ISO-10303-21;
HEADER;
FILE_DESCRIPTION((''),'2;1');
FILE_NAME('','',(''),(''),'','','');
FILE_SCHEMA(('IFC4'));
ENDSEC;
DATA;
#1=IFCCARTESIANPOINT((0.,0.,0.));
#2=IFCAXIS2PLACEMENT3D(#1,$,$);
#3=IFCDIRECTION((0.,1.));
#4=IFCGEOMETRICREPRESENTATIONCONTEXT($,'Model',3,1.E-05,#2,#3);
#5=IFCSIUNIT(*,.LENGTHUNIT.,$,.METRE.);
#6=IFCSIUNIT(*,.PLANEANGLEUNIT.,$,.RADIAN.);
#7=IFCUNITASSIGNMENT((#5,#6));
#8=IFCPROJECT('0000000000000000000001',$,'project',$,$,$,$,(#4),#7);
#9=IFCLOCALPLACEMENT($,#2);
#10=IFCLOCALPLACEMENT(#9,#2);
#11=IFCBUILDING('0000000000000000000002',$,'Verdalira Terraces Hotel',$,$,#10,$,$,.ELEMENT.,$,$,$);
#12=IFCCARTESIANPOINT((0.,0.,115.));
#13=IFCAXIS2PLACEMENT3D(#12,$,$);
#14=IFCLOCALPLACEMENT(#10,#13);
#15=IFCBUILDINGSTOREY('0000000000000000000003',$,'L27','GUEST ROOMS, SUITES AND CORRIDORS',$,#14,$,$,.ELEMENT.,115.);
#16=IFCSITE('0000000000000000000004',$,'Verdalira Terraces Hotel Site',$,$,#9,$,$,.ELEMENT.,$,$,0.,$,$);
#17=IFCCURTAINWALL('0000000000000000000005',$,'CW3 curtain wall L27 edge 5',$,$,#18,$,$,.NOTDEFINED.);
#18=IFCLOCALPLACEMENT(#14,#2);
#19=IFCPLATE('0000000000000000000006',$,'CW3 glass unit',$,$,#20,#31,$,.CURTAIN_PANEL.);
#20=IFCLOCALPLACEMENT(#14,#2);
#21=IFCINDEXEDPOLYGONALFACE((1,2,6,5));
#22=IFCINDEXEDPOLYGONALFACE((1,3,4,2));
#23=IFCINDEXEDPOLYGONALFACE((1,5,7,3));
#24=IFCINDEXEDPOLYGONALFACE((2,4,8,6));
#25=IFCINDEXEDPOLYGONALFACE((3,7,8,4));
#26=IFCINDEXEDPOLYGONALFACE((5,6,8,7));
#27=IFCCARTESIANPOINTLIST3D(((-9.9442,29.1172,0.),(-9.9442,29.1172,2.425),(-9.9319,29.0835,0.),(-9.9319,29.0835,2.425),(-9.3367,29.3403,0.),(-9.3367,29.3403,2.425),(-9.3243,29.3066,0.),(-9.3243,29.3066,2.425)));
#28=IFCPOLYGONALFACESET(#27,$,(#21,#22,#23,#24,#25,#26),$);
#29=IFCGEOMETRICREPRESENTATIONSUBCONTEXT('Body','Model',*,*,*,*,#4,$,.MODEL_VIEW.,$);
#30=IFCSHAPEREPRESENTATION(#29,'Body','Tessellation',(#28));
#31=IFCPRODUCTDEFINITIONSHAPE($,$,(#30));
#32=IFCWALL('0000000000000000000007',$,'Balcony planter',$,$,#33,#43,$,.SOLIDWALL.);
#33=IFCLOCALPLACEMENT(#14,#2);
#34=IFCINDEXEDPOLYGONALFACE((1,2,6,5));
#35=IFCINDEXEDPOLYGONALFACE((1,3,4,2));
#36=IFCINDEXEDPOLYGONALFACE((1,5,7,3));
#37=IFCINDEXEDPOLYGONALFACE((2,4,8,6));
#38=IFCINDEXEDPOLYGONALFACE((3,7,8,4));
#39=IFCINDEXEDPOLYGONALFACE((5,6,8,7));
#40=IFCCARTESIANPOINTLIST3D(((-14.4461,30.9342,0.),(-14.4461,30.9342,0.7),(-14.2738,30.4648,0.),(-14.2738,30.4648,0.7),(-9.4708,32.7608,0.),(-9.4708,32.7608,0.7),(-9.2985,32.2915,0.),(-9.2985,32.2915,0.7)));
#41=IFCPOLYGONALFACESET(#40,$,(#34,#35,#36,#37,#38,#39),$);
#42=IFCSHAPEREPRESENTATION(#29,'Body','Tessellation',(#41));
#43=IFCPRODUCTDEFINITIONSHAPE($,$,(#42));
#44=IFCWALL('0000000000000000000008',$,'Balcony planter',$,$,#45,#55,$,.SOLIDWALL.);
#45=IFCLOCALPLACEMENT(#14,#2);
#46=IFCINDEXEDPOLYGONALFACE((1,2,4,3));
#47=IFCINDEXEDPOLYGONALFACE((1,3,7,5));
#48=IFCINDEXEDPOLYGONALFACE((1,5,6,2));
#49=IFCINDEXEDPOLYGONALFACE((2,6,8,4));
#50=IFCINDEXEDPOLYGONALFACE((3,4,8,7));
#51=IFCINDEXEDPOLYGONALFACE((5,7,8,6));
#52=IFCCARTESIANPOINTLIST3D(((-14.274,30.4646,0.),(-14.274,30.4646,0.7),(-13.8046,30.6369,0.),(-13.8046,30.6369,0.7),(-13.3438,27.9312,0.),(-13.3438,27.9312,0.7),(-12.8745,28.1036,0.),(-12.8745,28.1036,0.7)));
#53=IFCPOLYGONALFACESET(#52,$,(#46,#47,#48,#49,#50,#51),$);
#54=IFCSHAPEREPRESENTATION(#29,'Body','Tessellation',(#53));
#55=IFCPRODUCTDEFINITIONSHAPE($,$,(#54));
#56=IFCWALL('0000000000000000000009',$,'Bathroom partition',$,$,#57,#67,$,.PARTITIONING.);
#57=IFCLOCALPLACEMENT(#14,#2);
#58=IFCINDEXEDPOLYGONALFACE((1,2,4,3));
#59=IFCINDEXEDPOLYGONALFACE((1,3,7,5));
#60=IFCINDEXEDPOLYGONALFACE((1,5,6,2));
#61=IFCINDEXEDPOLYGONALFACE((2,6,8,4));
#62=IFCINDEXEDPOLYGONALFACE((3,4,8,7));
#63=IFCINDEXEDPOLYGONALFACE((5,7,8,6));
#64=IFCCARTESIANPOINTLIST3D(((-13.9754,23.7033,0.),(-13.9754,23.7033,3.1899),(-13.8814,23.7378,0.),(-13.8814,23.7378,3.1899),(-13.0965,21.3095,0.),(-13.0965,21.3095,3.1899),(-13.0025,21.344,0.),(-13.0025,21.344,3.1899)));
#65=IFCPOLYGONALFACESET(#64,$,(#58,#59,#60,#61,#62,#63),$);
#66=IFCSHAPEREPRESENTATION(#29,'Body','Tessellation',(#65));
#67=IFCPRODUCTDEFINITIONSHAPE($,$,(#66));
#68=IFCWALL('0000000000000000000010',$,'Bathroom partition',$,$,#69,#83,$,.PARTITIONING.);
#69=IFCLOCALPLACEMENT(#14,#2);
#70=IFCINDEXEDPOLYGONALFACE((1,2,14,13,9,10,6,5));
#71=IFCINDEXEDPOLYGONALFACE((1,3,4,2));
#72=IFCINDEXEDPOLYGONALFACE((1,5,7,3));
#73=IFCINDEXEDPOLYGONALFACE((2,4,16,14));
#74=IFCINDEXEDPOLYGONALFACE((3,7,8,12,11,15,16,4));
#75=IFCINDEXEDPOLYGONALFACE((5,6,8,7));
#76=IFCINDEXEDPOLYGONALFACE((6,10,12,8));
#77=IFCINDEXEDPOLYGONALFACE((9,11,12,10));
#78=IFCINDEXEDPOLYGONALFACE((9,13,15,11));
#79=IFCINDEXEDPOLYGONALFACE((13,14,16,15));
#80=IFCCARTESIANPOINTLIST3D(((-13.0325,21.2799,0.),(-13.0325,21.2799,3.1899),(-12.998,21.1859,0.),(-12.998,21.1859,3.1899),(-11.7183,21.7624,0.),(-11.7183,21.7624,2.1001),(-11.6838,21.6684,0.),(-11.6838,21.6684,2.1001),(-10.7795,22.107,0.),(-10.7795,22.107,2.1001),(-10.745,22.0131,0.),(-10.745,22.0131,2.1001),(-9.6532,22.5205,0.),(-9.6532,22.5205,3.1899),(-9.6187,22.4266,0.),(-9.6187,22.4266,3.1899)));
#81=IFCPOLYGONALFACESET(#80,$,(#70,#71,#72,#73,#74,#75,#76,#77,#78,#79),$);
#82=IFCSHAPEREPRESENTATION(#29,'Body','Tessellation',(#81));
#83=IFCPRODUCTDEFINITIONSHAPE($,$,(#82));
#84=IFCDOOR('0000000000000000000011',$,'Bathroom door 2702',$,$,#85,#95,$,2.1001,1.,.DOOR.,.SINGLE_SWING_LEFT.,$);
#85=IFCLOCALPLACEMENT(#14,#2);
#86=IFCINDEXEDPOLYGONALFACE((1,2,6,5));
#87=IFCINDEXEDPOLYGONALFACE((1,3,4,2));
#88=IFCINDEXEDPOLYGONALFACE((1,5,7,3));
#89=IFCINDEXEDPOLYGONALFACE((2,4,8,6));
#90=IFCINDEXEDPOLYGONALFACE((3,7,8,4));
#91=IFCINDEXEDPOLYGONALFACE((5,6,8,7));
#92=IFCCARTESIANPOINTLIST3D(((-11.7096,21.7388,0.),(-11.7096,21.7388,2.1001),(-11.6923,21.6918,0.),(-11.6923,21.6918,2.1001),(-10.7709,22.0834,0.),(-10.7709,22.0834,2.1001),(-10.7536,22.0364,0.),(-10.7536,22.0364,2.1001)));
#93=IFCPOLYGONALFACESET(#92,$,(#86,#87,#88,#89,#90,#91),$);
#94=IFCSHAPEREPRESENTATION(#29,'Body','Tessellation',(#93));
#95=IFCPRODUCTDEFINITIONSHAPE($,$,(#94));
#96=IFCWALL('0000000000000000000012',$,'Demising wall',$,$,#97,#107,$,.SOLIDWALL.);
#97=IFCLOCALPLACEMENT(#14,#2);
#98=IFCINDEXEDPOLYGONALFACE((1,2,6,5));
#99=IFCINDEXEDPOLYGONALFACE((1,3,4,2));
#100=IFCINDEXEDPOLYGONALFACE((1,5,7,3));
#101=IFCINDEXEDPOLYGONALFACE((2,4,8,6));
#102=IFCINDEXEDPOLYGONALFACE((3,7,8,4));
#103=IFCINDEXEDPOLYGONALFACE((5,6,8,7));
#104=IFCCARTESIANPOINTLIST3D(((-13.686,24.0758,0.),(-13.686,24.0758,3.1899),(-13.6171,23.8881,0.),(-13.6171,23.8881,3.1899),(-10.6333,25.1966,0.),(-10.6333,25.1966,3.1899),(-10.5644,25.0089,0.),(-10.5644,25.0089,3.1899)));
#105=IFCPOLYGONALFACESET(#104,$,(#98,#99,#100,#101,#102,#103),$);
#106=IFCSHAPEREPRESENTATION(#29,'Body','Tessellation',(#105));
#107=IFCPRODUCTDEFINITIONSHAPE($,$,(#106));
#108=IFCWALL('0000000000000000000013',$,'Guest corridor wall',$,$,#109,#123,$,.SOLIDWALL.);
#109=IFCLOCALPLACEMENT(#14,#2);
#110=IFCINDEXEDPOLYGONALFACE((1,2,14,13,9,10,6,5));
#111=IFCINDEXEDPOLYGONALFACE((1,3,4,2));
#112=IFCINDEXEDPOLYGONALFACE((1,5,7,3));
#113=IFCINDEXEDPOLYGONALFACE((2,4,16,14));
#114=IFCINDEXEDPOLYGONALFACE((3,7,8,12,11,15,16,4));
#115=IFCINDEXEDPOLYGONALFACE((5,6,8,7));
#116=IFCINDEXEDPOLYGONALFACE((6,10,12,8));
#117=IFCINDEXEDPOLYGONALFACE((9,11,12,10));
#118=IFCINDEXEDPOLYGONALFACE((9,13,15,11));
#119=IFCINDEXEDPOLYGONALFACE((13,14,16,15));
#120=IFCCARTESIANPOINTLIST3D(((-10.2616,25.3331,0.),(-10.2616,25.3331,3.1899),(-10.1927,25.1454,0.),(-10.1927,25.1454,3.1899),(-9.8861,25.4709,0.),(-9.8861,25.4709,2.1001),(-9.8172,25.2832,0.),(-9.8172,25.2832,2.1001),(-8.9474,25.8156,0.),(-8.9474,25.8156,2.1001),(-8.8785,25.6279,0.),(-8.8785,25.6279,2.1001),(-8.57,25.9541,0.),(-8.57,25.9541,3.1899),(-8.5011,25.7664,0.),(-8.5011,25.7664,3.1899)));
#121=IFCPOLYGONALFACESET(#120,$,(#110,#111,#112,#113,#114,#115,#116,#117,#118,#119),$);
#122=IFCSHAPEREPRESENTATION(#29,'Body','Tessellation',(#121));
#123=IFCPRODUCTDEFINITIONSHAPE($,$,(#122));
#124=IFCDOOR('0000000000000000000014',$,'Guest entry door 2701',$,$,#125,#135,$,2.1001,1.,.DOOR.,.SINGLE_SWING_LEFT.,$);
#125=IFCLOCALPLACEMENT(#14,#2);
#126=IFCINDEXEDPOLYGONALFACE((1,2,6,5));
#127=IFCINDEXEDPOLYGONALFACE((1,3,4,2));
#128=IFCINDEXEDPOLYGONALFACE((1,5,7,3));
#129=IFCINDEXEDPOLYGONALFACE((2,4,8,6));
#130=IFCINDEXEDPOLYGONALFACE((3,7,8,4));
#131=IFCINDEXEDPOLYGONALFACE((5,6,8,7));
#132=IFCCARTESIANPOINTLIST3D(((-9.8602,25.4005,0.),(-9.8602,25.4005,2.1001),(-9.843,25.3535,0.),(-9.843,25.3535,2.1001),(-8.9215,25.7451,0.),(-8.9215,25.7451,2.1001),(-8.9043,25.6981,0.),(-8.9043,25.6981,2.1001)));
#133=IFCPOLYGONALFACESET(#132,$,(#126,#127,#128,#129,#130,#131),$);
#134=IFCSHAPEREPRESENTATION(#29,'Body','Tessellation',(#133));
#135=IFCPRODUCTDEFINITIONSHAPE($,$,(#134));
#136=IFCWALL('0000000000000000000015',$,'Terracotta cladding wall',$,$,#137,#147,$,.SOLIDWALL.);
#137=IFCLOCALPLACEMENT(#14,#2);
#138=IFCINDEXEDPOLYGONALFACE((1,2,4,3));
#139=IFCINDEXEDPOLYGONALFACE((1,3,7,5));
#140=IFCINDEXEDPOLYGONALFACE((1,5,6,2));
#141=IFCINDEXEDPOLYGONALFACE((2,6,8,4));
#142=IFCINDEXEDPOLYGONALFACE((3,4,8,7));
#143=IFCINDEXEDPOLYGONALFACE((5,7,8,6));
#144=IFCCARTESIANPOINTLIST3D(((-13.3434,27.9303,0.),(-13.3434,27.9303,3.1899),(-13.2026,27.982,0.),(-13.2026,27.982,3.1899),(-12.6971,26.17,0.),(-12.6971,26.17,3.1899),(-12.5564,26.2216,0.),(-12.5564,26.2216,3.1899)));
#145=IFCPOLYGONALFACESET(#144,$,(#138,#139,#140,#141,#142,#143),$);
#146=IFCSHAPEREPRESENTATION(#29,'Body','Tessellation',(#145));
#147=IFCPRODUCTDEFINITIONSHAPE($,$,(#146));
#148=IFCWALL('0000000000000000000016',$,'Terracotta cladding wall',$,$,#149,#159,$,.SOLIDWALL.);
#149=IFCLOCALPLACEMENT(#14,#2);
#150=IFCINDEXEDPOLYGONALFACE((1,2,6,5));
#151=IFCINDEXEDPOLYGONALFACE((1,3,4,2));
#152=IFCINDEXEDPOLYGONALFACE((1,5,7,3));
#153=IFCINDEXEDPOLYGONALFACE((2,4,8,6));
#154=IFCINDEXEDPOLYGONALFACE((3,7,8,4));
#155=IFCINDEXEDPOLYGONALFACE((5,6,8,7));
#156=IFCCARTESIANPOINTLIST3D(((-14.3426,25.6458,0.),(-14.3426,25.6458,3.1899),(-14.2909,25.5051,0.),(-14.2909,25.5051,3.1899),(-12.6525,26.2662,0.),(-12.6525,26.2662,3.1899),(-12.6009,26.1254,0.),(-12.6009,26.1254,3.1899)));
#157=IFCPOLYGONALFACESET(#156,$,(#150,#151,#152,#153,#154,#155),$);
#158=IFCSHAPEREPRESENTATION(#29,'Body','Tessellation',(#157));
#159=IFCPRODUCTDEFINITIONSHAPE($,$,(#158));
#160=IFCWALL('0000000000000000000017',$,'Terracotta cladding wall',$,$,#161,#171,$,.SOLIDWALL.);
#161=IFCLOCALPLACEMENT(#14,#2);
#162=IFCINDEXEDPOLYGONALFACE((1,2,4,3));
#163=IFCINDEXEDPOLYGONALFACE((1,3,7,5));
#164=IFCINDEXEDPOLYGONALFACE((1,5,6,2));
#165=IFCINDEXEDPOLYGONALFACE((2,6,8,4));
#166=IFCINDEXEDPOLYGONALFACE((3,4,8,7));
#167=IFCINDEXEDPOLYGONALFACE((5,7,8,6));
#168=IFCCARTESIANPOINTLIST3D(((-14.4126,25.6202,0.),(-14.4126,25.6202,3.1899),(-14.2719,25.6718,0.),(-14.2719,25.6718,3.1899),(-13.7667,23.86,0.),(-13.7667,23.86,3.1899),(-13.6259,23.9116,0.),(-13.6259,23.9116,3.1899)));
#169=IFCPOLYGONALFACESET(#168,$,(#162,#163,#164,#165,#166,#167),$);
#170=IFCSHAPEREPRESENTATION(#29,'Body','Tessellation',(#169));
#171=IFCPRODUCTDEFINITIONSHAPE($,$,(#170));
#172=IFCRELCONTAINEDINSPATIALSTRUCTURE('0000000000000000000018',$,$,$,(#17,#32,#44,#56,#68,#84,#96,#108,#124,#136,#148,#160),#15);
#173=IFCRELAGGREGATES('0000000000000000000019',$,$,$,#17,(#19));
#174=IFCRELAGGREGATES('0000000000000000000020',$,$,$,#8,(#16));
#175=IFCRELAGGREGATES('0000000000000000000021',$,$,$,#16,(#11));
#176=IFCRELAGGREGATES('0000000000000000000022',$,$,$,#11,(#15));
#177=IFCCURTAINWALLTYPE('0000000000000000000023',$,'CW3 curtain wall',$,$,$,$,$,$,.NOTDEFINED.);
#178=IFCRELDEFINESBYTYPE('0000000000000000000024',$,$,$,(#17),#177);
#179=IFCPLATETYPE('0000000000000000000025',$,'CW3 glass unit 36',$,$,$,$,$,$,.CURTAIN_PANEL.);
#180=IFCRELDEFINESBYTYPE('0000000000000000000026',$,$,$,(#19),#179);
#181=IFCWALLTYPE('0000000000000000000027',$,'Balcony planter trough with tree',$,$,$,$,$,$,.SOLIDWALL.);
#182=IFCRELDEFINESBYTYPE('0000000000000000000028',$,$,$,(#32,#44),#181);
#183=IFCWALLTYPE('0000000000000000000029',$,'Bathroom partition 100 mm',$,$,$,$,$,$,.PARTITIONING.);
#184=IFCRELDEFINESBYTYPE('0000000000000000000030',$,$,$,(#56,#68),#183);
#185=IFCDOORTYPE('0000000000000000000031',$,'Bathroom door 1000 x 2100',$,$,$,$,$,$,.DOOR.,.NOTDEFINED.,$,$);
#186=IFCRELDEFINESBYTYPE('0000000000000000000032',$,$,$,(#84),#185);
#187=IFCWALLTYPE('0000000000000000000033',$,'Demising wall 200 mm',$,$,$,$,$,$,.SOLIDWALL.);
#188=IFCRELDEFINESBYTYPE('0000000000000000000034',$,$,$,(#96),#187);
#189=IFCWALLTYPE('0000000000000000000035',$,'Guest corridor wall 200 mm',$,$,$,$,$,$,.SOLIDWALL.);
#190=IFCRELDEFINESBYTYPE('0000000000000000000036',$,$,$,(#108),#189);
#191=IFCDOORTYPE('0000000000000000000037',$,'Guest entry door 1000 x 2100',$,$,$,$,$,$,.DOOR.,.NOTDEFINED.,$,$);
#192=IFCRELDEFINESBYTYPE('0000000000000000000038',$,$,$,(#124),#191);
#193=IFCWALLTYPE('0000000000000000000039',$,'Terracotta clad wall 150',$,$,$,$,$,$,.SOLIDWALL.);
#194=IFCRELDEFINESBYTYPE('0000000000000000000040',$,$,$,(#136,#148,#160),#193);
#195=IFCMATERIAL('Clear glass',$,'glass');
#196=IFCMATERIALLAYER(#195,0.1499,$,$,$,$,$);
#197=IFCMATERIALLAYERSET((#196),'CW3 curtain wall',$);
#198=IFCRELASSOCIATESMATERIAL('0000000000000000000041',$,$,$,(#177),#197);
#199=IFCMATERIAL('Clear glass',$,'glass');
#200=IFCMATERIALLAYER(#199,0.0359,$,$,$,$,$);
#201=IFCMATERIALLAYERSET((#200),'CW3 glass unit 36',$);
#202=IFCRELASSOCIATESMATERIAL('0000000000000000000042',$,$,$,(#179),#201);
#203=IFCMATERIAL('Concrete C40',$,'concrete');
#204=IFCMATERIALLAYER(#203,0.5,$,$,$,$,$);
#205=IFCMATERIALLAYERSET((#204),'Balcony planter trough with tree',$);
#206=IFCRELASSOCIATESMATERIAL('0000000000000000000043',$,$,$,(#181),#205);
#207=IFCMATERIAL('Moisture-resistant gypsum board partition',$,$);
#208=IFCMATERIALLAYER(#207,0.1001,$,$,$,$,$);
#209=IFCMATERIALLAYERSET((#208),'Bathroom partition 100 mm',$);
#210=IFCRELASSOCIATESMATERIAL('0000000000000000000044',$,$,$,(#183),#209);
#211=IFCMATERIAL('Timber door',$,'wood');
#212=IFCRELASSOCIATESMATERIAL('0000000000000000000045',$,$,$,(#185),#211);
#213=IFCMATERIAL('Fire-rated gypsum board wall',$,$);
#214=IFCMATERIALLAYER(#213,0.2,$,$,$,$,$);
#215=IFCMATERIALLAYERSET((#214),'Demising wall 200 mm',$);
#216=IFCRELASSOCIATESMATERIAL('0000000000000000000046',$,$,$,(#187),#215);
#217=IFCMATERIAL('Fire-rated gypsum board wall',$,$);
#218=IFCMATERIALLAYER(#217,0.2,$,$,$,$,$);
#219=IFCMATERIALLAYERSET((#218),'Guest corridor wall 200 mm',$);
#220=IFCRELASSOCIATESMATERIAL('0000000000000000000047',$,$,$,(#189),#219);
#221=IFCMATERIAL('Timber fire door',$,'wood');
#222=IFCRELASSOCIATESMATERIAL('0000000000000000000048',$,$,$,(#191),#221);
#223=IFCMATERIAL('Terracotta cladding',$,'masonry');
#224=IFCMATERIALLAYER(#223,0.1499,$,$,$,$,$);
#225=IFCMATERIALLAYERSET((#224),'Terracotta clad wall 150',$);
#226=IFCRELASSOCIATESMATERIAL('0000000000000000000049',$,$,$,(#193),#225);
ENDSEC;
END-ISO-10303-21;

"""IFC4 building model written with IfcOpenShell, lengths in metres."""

from ifc_helpers import new_model, si_unit, direction, frame, frame_2d, origin, origin_2d, place, context, subcontext, project, spatial, rectangle, extrude, material, layer, layer_set, type_object, element, fill, aggregate, save


model = new_model("IFC4")

# Units and contexts
model_context = context("Model", 3, precision=1e-05, world=origin(), true_north=direction((0.0, 1.0)))
body_context = subcontext(model_context, "Body", "Model", "MODEL_VIEW")
ifc_project = project(units=[si_unit("LENGTHUNIT", "METRE"), si_unit("PLANEANGLEUNIT", "RADIAN")], contexts=[model_context])

# Site, building, storey
site_placement = place(None, origin())
site = spatial("IfcSite", under=ifc_project, at=site_placement, Name="Verdalira Terraces Hotel Site", CompositionType="ELEMENT", RefElevation=0.0)
building_placement = place(site_placement, origin())
building = spatial("IfcBuilding", under=site, at=building_placement, Name="Verdalira Terraces Hotel", CompositionType="ELEMENT")
storey_placement = place(building_placement, frame((0.0, 0.0, 115.0)))
storey = spatial("IfcBuildingStorey", under=building, at=storey_placement, Name="L27", Description="GUEST ROOMS, SUITES AND CORRIDORS", CompositionType="ELEMENT", Elevation=115.0)

# Curtain wall
ifc_material_1 = material(Name="Clear glass", Category="glass")
ifc_layer_1 = layer(ifc_material_1, 0.1499)
ifc_layer_set_1 = layer_set([ifc_layer_1], Name="CW3 curtain wall")
curtain_wall_type_1 = type_object("IfcCurtainWallType", Name="CW3 curtain wall", PredefinedType="NOTDEFINED", material=ifc_layer_set_1)
curtain_wall_1_placement = place(storey_placement, origin())
curtain_wall_1 = element("IfcCurtainWall", 1, at=curtain_wall_1_placement, inside=storey, type_object=curtain_wall_type_1, Name="CW3 curtain wall L27 edge 5", PredefinedType="NOTDEFINED")

# Plate
ifc_material_2 = material(Name="Clear glass", Category="glass")
ifc_layer_2 = layer(ifc_material_2, 0.0359)
ifc_layer_set_2 = layer_set([ifc_layer_2], Name="CW3 glass unit 36")
plate_type_1 = type_object("IfcPlateType", Name="CW3 glass unit 36", PredefinedType="CURTAIN_PANEL", material=ifc_layer_set_2)
plate_1_placement = place(storey_placement, frame((-9.6343, 29.2119, 0.0), z_axis=(0.0, 0.0, 1.0), x_axis=(-0.938734, -0.344643, 0.0)))
plate_1 = element("IfcPlate", 2, at=plate_1_placement, type_object=plate_type_1, Name="CW3 glass unit", PredefinedType="CURTAIN_PANEL", context=body_context, shape_type="SweptSolid", body=[
    extrude(rectangle(XDim=0.6472, YDim=0.0359, at=origin_2d()), origin(), (0.0, 0.0, 1.0), 2.425),
])
aggregate(curtain_wall_1, [plate_1])

# Walls
ifc_material_3 = material(Name="Concrete C40", Category="concrete")
ifc_layer_3 = layer(ifc_material_3, 0.5)
ifc_layer_set_3 = layer_set([ifc_layer_3], Name="Balcony planter trough with tree")
wall_type_1 = type_object("IfcWallType", Name="Balcony planter trough with tree", PredefinedType="SOLIDWALL", material=ifc_layer_set_3)
wall_1_placement = place(storey_placement, frame((-9.3848, 32.5261, 0.0), z_axis=(0.0, 0.0, 1.0), x_axis=(-0.938732, -0.344648, 0.0)))
element("IfcWall", 3, at=wall_1_placement, inside=storey, type_object=wall_type_1, Name="Balcony planter", PredefinedType="SOLIDWALL", context=body_context, shape_type="SweptSolid", body=[
    extrude(rectangle(XDim=5.3, YDim=0.5, at=frame_2d((2.6499, 0.0))), origin(), (0.0, 0.0, 1.0), 0.7),
])
wall_2_placement = place(storey_placement, frame((-14.0393, 30.5508, 0.0), z_axis=(0.0, 0.0, 1.0), x_axis=(0.344661, -0.938727, 0.0)))
element("IfcWall", 4, at=wall_2_placement, inside=storey, type_object=wall_type_1, Name="Balcony planter", PredefinedType="SOLIDWALL", context=body_context, shape_type="SweptSolid", body=[
    extrude(rectangle(XDim=2.6987, YDim=0.5, at=frame_2d((1.3494, 0.0))), origin(), (0.0, 0.0, 1.0), 0.7),
])
ifc_material_4 = material(Name="Moisture-resistant gypsum board partition")
ifc_layer_4 = layer(ifc_material_4, 0.1001)
ifc_layer_set_4 = layer_set([ifc_layer_4], Name="Bathroom partition 100 mm")
wall_type_2 = type_object("IfcWallType", Name="Bathroom partition 100 mm", PredefinedType="PARTITIONING", material=ifc_layer_set_4)
wall_3_placement = place(storey_placement, frame((-13.0496, 21.3269, 0.0), z_axis=(0.0, 0.0, 1.0), x_axis=(-0.344663, 0.938727, 0.0)))
element("IfcWall", 5, at=wall_3_placement, inside=storey, type_object=wall_type_2, Name="Bathroom partition", PredefinedType="PARTITIONING", context=body_context, shape_type="SweptSolid", body=[
    extrude(rectangle(XDim=2.55, YDim=0.1001, at=frame_2d((1.2749, 0.0))), origin(), (0.0, 0.0, 1.0), 3.1899),
])

# Wall, opening, door
wall_4_placement = place(storey_placement, frame((-13.0151, 21.2329, 0.0), z_axis=(0.0, 0.0, 1.0), x_axis=(0.938732, 0.344649, 0.0)))
wall_4 = element("IfcWall", 6, at=wall_4_placement, inside=storey, type_object=wall_type_2, Name="Bathroom partition", PredefinedType="PARTITIONING", context=body_context, shape_type="SweptSolid", body=[
    extrude(rectangle(XDim=3.5999, YDim=0.1001, at=frame_2d((1.7998, 0.0))), origin(), (0.0, 0.0, 1.0), 3.1899),
])
opening_1_placement = place(wall_4_placement, frame((1.3999, 0.0, 0.0)))
opening_1 = element("IfcOpeningElement", 7, at=opening_1_placement, cuts=wall_4, PredefinedType="OPENING", context=body_context, shape_type="SweptSolid", body=[
    extrude(rectangle(XDim=1.0, YDim=2.1001, at=frame_2d((0.5, 1.05))), frame((0.0, 0.0601, 0.0), z_axis=(0.0, -1.0, 0.0), x_axis=(1.0, 0.0, 0.0)), (0.0, 0.0, 1.0), 0.1201),
])
ifc_material_5 = material(Name="Timber door", Category="wood")
door_type_1 = type_object("IfcDoorType", Name="Bathroom door 1000 x 2100", OperationType="NOTDEFINED", PredefinedType="DOOR", material=ifc_material_5)
door_1_placement = place(opening_1_placement, origin())
door_1 = element("IfcDoor", 8, at=door_1_placement, inside=storey, type_object=door_type_1, Name="Bathroom door 2702", OperationType="SINGLE_SWING_LEFT", OverallHeight=2.1001, OverallWidth=1.0, PredefinedType="DOOR", context=body_context, shape_type="SweptSolid", body=[
    extrude(rectangle(XDim=1.0, YDim=2.1001, at=frame_2d((0.5, 1.05))), frame((0.0, 0.0249, 0.0), z_axis=(0.0, -1.0, 0.0), x_axis=(1.0, 0.0, 0.0)), (0.0, 0.0, 1.0), 0.05),
])
fill(opening_1, door_1)

# Wall
ifc_material_6 = material(Name="Fire-rated gypsum board wall")
ifc_layer_5 = layer(ifc_material_6, 0.2)
ifc_layer_set_5 = layer_set([ifc_layer_5], Name="Demising wall 200 mm")
wall_type_3 = type_object("IfcWallType", Name="Demising wall 200 mm", PredefinedType="SOLIDWALL", material=ifc_layer_set_5)
wall_5_placement = place(storey_placement, frame((-10.5989, 25.1028, 0.0), z_axis=(0.0, 0.0, 1.0), x_axis=(-0.938726, -0.344665, 0.0)))
element("IfcWall", 9, at=wall_5_placement, inside=storey, type_object=wall_type_3, Name="Demising wall", PredefinedType="SOLIDWALL", context=body_context, shape_type="SweptSolid", body=[
    extrude(rectangle(XDim=3.252, YDim=0.2, at=frame_2d((1.626, 0.0))), origin(), (0.0, 0.0, 1.0), 3.1899),
])

# Wall, opening, door
ifc_material_7 = material(Name="Fire-rated gypsum board wall")
ifc_layer_6 = layer(ifc_material_7, 0.2)
ifc_layer_set_6 = layer_set([ifc_layer_6], Name="Guest corridor wall 200 mm")
wall_type_4 = type_object("IfcWallType", Name="Guest corridor wall 200 mm", PredefinedType="SOLIDWALL", material=ifc_layer_set_6)
wall_6_placement = place(storey_placement, frame((-10.2271, 25.2393, 0.0), z_axis=(0.0, 0.0, 1.0), x_axis=(0.938729, 0.344657, 0.0)))
wall_6 = element("IfcWall", 10, at=wall_6_placement, inside=storey, type_object=wall_type_4, Name="Guest corridor wall", PredefinedType="SOLIDWALL", context=body_context, shape_type="SweptSolid", body=[
    extrude(rectangle(XDim=1.802, YDim=0.2, at=frame_2d((0.9009, 0.0))), origin(), (0.0, 0.0, 1.0), 3.1899),
])
opening_2_placement = place(wall_6_placement, frame((0.3999, 0.0, 0.0)))
opening_2 = element("IfcOpeningElement", 11, at=opening_2_placement, cuts=wall_6, PredefinedType="OPENING", context=body_context, shape_type="SweptSolid", body=[
    extrude(rectangle(XDim=1.0, YDim=2.1001, at=frame_2d((0.5, 1.05))), frame((0.0, 0.1099, 0.0), z_axis=(0.0, -1.0, 0.0), x_axis=(1.0, 0.0, 0.0)), (0.0, 0.0, 1.0), 0.22),
])
ifc_material_8 = material(Name="Timber fire door", Category="wood")
door_type_2 = type_object("IfcDoorType", Name="Guest entry door 1000 x 2100", OperationType="NOTDEFINED", PredefinedType="DOOR", material=ifc_material_8)
door_2_placement = place(opening_2_placement, origin())
door_2 = element("IfcDoor", 12, at=door_2_placement, inside=storey, type_object=door_type_2, Name="Guest entry door 2701", OperationType="SINGLE_SWING_LEFT", OverallHeight=2.1001, OverallWidth=1.0, PredefinedType="DOOR", context=body_context, shape_type="SweptSolid", body=[
    extrude(rectangle(XDim=1.0, YDim=2.1001, at=frame_2d((0.5, 1.05))), frame((0.0, 0.0249, 0.0), z_axis=(0.0, -1.0, 0.0), x_axis=(1.0, 0.0, 0.0)), (0.0, 0.0, 1.0), 0.05),
])
fill(opening_2, door_2)

# Walls
ifc_material_9 = material(Name="Terracotta cladding", Category="masonry")
ifc_layer_7 = layer(ifc_material_9, 0.1499)
ifc_layer_set_7 = layer_set([ifc_layer_7], Name="Terracotta clad wall 150")
wall_type_5 = type_object("IfcWallType", Name="Terracotta clad wall 150", PredefinedType="SOLIDWALL", material=ifc_layer_set_7)
wall_7_placement = place(storey_placement, frame((-13.2729, 27.9561, 0.0), z_axis=(0.0, 0.0, 1.0), x_axis=(0.344637, -0.938736, 0.0)))
element("IfcWall", 13, at=wall_7_placement, inside=storey, type_object=wall_type_5, Name="Terracotta cladding wall", PredefinedType="SOLIDWALL", context=body_context, shape_type="SweptSolid", body=[
    extrude(rectangle(XDim=1.8752, YDim=0.1499, at=frame_2d((0.9375, 0.0))), origin(), (0.0, 0.0, 1.0), 3.1899),
])
wall_8_placement = place(storey_placement, frame((-12.6267, 26.1958, 0.0), z_axis=(0.0, 0.0, 1.0), x_axis=(-0.938748, -0.344605, 0.0)))
element("IfcWall", 14, at=wall_8_placement, inside=storey, type_object=wall_type_5, Name="Terracotta cladding wall", PredefinedType="SOLIDWALL", context=body_context, shape_type="SweptSolid", body=[
    extrude(rectangle(XDim=1.8003, YDim=0.1499, at=frame_2d((0.9001, 0.0))), origin(), (0.0, 0.0, 1.0), 3.1899),
])
for number, where, z_axis, x_axis, name in (
    (15, (-14.3423, 25.646, 0.0), (0.0, 0.0, 1.0), (0.344522, -0.938778, 0.0), "Terracotta cladding wall"),
):
    element("IfcWall", number, at=place(storey_placement, frame(where, z_axis=z_axis, x_axis=x_axis)), inside=storey, type_object=wall_type_5, Name=name, PredefinedType="SOLIDWALL", context=body_context, shape_type="SweptSolid", body=[
        extrude(rectangle(XDim=1.875, YDim=0.1499, at=frame_2d((0.9375, 0.0))), origin(), (0.0, 0.0, 1.0), 3.1899),
    ])

save(model, "model.ifc")
